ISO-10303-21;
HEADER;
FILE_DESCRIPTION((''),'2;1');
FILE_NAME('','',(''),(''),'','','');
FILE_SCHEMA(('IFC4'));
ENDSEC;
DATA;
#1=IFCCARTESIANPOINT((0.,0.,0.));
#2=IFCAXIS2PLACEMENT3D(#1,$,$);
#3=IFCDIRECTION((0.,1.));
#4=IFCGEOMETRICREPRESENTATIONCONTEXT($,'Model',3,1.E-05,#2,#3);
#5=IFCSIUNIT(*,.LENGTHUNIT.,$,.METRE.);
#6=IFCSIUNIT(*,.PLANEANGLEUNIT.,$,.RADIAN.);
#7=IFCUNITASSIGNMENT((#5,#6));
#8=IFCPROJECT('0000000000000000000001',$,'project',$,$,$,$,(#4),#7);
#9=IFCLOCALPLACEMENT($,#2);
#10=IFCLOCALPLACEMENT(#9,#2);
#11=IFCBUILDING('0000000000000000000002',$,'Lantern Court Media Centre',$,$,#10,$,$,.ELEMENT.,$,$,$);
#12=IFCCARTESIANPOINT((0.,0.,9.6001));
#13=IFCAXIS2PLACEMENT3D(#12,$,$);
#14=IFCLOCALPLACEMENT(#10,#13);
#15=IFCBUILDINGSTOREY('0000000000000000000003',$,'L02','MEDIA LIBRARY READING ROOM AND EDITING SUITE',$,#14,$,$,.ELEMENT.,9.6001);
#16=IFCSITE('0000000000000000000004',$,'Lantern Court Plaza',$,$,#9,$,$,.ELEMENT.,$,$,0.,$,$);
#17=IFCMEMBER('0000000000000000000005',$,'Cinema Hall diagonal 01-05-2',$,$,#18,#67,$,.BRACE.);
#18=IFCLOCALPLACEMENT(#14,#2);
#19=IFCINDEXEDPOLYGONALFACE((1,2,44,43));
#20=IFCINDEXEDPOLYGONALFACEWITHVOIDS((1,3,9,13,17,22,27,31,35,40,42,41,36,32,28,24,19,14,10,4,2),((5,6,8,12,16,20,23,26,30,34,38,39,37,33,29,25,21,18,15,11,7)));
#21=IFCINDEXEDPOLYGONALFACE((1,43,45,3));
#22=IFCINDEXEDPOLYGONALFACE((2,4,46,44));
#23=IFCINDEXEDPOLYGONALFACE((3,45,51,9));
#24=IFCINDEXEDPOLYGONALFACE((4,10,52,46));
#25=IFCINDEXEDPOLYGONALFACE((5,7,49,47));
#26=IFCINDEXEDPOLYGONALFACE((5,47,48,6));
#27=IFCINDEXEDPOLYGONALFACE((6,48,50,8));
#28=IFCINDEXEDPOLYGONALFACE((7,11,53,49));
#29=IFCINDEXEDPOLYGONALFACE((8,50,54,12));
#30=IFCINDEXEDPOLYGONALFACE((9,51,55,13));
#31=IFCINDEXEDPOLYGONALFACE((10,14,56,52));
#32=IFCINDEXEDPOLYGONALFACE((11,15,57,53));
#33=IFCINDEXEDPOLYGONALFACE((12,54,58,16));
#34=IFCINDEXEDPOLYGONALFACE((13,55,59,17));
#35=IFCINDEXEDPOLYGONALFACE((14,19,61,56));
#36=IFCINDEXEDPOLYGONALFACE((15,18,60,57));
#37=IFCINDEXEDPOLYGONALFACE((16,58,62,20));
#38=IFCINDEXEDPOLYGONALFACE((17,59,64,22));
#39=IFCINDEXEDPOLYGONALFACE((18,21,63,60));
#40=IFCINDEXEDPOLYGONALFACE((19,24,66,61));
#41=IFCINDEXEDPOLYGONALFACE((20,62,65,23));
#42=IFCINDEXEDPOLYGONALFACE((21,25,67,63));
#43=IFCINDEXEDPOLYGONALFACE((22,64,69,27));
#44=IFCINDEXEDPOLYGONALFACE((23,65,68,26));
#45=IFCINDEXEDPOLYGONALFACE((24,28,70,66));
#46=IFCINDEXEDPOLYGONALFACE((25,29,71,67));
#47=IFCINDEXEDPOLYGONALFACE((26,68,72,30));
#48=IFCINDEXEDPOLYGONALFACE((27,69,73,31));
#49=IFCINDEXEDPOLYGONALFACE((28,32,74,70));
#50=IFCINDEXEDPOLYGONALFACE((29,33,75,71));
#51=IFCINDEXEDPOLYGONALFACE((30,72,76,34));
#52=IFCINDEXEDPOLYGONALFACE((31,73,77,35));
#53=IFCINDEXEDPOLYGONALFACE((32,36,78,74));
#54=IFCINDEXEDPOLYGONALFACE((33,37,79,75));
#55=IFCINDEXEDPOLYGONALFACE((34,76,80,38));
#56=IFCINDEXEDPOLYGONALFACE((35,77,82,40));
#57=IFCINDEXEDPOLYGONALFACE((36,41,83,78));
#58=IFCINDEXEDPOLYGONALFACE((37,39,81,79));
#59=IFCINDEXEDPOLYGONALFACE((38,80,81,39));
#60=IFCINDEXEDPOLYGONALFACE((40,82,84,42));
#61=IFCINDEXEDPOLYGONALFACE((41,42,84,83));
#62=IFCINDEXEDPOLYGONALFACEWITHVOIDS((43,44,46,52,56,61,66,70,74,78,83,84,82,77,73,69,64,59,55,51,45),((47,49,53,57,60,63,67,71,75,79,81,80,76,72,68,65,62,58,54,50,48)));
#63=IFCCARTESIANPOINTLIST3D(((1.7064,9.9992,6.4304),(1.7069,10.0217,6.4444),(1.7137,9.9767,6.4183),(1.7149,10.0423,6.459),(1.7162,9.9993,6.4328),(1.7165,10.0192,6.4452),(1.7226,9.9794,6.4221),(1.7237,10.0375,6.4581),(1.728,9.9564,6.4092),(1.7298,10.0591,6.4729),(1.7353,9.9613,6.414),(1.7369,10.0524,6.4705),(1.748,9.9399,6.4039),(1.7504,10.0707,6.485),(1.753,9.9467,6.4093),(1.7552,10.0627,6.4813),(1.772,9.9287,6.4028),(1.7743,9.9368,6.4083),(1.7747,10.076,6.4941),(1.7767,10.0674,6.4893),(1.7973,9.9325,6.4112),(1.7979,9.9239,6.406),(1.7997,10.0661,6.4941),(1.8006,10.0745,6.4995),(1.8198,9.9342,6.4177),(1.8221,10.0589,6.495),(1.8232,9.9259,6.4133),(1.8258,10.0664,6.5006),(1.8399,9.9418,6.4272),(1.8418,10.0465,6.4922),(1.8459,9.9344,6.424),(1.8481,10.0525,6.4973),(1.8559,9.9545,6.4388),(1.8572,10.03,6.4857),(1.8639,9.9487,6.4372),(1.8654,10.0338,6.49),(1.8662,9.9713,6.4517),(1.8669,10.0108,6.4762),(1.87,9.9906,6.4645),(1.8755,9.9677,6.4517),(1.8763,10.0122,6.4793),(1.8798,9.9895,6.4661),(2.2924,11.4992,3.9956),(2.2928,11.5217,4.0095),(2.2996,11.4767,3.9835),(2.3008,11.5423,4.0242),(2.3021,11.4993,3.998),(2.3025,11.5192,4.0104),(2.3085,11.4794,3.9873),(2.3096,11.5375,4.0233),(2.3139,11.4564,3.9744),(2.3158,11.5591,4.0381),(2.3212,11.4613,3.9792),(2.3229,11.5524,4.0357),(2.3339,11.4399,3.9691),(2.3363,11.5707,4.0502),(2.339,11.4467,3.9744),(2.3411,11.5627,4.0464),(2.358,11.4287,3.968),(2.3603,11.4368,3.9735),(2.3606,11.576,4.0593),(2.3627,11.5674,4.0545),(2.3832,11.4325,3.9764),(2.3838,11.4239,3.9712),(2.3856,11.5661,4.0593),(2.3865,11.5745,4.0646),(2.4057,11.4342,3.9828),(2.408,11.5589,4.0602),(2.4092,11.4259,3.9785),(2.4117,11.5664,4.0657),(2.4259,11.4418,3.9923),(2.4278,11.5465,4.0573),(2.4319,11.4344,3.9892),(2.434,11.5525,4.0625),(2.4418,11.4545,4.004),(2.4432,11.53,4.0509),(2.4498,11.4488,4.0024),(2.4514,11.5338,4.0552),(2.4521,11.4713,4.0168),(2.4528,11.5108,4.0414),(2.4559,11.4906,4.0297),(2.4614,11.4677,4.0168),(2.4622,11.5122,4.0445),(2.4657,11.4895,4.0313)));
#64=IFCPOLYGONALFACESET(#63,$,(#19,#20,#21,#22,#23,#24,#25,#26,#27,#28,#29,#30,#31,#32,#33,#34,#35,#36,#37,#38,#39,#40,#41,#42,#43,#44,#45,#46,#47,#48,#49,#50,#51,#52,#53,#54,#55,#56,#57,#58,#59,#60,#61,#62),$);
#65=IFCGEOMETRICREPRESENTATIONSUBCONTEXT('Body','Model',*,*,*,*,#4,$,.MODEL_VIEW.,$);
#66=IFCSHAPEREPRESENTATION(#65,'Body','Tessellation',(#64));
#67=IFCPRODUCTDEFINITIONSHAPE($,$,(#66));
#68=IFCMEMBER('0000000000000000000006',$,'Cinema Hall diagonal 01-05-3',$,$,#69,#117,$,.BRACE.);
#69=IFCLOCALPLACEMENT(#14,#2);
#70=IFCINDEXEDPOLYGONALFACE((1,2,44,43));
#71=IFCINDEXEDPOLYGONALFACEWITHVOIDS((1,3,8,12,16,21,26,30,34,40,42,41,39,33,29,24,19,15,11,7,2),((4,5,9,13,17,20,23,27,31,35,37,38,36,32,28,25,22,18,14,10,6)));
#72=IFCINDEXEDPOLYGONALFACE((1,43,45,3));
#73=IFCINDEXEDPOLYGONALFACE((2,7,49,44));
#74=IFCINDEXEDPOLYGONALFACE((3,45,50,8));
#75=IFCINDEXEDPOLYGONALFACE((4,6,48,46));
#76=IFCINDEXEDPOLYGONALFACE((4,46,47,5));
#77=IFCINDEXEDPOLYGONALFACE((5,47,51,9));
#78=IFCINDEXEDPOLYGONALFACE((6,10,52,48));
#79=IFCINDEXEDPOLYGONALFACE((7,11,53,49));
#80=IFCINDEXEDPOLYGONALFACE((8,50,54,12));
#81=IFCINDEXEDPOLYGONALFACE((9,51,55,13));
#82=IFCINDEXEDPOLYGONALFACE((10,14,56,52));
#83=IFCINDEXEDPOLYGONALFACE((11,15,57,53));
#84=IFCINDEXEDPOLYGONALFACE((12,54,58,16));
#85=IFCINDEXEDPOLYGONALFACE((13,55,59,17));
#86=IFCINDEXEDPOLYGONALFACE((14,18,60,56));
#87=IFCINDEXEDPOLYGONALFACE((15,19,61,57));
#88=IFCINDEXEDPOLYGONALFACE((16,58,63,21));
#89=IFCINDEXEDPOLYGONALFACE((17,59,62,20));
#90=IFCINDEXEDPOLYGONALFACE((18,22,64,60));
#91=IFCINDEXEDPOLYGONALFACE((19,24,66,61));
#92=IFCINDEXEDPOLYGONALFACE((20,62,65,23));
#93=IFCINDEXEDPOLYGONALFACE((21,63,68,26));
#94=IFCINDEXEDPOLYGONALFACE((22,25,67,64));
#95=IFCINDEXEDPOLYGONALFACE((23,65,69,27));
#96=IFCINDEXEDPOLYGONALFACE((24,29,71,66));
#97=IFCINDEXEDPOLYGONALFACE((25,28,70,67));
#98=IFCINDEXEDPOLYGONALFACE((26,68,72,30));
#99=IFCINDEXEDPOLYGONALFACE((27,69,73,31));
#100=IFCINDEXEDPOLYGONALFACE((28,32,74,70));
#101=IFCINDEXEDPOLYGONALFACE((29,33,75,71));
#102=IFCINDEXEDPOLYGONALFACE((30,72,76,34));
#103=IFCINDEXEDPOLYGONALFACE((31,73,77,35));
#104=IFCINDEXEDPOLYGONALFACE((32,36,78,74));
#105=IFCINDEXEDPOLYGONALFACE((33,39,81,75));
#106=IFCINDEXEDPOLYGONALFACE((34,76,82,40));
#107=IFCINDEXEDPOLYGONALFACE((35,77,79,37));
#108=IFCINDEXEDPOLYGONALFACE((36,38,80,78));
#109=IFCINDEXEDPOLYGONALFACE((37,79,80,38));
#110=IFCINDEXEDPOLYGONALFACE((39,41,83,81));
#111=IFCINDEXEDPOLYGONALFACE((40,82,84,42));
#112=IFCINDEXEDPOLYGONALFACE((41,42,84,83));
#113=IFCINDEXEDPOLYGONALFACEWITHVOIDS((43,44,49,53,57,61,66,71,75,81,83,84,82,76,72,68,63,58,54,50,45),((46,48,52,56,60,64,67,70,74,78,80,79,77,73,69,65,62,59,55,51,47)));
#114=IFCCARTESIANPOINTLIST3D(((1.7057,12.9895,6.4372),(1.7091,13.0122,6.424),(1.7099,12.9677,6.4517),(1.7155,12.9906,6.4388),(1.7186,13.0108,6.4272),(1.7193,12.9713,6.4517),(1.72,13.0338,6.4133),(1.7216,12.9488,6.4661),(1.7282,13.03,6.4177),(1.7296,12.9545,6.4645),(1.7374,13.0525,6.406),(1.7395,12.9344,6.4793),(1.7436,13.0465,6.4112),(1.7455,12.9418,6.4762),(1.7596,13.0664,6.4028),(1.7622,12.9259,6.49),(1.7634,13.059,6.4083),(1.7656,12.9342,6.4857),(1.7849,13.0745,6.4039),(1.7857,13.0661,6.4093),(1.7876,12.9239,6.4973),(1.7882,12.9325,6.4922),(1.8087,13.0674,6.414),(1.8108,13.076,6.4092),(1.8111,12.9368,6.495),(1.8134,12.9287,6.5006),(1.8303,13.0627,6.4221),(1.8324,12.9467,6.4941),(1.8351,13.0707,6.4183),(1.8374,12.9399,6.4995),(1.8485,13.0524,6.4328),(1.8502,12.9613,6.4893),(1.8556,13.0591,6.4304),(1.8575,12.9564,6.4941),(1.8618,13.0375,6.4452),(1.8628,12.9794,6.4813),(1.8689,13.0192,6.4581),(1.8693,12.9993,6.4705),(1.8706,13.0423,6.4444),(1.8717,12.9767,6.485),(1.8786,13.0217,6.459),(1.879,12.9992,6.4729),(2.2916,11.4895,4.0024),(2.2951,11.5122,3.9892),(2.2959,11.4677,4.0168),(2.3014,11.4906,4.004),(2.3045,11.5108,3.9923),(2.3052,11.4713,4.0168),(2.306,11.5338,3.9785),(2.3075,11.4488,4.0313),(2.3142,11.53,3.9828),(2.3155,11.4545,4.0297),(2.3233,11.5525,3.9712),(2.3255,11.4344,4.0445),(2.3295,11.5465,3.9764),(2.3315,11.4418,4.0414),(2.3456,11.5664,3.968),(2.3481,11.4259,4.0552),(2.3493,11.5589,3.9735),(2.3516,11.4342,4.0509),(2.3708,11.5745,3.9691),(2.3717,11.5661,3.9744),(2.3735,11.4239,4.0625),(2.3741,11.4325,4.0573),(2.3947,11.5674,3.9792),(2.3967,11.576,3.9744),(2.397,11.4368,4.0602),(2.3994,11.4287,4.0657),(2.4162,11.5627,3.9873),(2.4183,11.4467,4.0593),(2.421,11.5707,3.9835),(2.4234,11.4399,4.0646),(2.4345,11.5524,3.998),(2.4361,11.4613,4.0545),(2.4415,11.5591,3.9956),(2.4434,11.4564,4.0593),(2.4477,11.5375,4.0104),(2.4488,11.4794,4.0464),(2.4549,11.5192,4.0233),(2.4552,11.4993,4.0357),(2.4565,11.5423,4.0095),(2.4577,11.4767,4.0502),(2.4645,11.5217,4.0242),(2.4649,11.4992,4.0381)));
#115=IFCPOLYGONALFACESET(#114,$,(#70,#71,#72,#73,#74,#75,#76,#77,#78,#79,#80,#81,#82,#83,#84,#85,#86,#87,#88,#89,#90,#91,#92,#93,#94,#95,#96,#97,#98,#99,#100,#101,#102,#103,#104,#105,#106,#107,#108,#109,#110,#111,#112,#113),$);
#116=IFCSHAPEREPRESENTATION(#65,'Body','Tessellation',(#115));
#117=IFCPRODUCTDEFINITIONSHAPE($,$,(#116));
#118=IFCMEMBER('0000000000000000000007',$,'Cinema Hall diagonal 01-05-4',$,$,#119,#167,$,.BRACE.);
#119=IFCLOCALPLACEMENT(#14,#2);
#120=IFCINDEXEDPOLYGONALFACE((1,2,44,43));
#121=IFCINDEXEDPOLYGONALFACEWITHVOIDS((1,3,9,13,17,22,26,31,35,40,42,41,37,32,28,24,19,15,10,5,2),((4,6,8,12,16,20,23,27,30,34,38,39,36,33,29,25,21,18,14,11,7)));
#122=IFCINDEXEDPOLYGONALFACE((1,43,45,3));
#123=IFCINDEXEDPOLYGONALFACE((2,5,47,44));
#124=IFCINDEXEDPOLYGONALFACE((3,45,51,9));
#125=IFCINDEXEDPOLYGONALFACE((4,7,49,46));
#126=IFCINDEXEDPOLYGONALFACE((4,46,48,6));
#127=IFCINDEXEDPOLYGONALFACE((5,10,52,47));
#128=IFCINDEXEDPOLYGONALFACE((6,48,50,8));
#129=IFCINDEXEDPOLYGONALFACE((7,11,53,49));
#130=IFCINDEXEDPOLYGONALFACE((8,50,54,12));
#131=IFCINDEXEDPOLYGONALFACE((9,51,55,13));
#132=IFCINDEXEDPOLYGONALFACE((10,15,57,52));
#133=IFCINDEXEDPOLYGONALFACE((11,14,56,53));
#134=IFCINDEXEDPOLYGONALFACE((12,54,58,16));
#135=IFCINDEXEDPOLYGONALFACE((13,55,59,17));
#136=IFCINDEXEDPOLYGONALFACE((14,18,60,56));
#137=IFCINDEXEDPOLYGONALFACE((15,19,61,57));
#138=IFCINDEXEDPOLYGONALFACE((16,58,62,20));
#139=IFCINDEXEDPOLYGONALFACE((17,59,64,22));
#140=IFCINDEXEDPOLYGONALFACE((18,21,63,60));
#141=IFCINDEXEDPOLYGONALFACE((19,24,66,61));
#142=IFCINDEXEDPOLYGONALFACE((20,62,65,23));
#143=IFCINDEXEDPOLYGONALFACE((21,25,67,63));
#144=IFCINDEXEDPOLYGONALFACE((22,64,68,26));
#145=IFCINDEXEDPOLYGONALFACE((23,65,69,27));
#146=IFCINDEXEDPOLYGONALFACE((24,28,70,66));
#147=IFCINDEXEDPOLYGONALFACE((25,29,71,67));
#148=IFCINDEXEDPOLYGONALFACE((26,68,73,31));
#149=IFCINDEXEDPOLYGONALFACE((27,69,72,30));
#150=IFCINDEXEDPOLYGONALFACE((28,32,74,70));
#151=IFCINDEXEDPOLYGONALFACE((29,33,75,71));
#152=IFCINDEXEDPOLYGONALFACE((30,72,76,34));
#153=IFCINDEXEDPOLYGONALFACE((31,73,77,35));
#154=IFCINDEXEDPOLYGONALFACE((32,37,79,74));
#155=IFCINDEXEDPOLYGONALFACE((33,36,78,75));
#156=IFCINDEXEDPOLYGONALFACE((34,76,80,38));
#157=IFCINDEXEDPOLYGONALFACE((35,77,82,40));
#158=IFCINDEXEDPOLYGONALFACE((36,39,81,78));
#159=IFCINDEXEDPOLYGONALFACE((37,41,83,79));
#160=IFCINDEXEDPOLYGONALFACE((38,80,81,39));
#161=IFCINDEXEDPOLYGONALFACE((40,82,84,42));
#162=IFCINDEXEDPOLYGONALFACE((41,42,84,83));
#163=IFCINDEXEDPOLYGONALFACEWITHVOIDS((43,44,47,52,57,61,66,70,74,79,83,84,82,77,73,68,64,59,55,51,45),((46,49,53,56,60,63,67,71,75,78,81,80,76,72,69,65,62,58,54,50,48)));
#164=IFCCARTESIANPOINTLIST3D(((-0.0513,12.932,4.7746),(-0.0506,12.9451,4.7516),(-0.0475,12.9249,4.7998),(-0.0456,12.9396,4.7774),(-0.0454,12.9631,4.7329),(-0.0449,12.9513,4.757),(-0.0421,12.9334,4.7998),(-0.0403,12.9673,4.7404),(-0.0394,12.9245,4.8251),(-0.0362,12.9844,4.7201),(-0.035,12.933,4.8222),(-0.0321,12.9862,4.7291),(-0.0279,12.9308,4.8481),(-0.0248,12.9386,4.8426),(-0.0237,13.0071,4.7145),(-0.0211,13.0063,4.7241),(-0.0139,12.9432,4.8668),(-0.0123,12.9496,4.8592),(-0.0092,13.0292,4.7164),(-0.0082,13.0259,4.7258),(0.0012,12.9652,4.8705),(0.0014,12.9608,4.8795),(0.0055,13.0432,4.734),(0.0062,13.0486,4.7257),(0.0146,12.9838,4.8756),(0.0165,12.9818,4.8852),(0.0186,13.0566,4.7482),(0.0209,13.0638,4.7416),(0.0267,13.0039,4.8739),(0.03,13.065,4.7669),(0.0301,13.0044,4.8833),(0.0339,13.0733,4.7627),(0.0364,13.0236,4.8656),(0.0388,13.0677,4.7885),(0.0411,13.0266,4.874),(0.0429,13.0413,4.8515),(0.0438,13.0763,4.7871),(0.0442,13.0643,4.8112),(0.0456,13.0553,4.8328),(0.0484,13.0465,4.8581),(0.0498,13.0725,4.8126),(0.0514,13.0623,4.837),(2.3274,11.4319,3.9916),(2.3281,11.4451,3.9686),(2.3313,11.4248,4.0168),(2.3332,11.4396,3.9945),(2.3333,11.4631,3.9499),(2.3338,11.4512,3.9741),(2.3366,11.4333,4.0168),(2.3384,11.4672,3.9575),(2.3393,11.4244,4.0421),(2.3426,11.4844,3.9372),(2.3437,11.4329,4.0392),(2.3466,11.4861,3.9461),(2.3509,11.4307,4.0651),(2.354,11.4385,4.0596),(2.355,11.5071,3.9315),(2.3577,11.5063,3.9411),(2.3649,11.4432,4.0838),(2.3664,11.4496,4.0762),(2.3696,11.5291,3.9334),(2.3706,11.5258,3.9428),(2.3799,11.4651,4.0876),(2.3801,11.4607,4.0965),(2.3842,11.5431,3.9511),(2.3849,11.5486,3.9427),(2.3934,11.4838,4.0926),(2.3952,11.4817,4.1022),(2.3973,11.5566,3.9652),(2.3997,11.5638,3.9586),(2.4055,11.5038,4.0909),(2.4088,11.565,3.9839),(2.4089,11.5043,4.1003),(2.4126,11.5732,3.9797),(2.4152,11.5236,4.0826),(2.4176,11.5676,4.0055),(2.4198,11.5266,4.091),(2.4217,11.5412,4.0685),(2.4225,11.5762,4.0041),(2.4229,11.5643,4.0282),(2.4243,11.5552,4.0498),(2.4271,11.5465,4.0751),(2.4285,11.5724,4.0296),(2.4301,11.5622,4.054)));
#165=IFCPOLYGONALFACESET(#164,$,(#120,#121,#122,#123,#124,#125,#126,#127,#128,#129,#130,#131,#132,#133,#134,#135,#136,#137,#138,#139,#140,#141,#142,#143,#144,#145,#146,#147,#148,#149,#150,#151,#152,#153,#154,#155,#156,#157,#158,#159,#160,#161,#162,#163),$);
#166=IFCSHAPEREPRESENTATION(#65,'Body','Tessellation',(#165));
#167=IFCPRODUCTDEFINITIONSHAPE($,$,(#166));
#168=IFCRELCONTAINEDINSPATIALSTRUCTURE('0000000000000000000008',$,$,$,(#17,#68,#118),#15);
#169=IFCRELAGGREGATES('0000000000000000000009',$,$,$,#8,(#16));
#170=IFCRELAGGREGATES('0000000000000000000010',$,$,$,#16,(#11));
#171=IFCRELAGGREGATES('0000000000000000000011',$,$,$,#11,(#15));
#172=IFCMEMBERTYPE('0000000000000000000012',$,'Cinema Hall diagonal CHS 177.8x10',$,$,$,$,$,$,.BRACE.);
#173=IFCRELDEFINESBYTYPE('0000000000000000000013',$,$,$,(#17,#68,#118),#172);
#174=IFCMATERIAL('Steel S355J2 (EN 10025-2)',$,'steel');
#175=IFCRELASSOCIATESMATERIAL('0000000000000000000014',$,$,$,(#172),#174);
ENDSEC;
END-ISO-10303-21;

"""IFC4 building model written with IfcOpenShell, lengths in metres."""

from ifc_helpers import new_model, si_unit, direction, frame, origin, origin_2d, place, context, subcontext, project, spatial, hollow_circle, extrude, material, material_profile, profile_set, type_object, element, save


model = new_model("IFC4")

# Units and contexts
model_context = context("Model", 3, precision=1e-05, world=origin(), true_north=direction((0.0, 1.0)))
body_context = subcontext(model_context, "Body", "Model", "MODEL_VIEW")
ifc_project = project(units=[si_unit("LENGTHUNIT", "METRE"), si_unit("PLANEANGLEUNIT", "RADIAN")], contexts=[model_context])

# Site, building, storey
site_placement = place(None, origin())
site = spatial("IfcSite", under=ifc_project, at=site_placement, Name="Lantern Court Plaza", CompositionType="ELEMENT", RefElevation=0.0)
building_placement = place(site_placement, origin())
building = spatial("IfcBuilding", under=site, at=building_placement, Name="Lantern Court Media Centre", CompositionType="ELEMENT")
storey_placement = place(building_placement, frame((0.0, 0.0, 9.6001)))
storey = spatial("IfcBuildingStorey", under=building, at=storey_placement, Name="L02", Description="MEDIA LIBRARY READING ROOM AND EDITING SUITE", CompositionType="ELEMENT", Elevation=9.6001)

# Shared definitions
ifc_material_1 = material(Name="Steel S355J2 (EN 10025-2)", Category="steel")

# Members
ifc_material_profile_1 = material_profile(ifc_material_1, hollow_circle(Radius=0.0889, WallThickness=0.01, at=origin_2d()), Name="Cinema Hall diagonal CHS 177.8x10")
ifc_profile_set_1 = profile_set([ifc_material_profile_1], Name="Steel S355J2 (EN 10025-2)")
member_type_1 = type_object("IfcMemberType", Name="Cinema Hall diagonal CHS 177.8x10", PredefinedType="BRACE", material=ifc_profile_set_1)
for number, where, z_axis, x_axis, name in (
    (1, (2.3787, 11.5, 4.0168), (-0.20072, -0.513842, 0.834073), (0.931457, -0.363851, 0.0), "Cinema Hall diagonal 01-05-2"),
    (2, (2.3787, 11.5, 4.0168), (-0.20072, 0.513842, 0.834073), (-0.931457, -0.363851, 0.0), "Cinema Hall diagonal 01-05-3"),
    (3, (2.3787, 11.5, 4.0168), (-0.814866, 0.51386, 0.268221), (-0.533405, -0.84586, 0.0), "Cinema Hall diagonal 01-05-4"),
):
    element("IfcMember", number, at=place(storey_placement, frame(where, z_axis=z_axis, x_axis=x_axis)), inside=storey, type_object=member_type_1, Name=name, PredefinedType="BRACE", context=body_context, shape_type="SweptSolid", body=[
        extrude(hollow_circle(Radius=0.0889, WallThickness=0.01, at=origin_2d()), origin(), (0.0, 0.0, 1.0), 2.9192),
    ])

save(model, "model.ifc")
